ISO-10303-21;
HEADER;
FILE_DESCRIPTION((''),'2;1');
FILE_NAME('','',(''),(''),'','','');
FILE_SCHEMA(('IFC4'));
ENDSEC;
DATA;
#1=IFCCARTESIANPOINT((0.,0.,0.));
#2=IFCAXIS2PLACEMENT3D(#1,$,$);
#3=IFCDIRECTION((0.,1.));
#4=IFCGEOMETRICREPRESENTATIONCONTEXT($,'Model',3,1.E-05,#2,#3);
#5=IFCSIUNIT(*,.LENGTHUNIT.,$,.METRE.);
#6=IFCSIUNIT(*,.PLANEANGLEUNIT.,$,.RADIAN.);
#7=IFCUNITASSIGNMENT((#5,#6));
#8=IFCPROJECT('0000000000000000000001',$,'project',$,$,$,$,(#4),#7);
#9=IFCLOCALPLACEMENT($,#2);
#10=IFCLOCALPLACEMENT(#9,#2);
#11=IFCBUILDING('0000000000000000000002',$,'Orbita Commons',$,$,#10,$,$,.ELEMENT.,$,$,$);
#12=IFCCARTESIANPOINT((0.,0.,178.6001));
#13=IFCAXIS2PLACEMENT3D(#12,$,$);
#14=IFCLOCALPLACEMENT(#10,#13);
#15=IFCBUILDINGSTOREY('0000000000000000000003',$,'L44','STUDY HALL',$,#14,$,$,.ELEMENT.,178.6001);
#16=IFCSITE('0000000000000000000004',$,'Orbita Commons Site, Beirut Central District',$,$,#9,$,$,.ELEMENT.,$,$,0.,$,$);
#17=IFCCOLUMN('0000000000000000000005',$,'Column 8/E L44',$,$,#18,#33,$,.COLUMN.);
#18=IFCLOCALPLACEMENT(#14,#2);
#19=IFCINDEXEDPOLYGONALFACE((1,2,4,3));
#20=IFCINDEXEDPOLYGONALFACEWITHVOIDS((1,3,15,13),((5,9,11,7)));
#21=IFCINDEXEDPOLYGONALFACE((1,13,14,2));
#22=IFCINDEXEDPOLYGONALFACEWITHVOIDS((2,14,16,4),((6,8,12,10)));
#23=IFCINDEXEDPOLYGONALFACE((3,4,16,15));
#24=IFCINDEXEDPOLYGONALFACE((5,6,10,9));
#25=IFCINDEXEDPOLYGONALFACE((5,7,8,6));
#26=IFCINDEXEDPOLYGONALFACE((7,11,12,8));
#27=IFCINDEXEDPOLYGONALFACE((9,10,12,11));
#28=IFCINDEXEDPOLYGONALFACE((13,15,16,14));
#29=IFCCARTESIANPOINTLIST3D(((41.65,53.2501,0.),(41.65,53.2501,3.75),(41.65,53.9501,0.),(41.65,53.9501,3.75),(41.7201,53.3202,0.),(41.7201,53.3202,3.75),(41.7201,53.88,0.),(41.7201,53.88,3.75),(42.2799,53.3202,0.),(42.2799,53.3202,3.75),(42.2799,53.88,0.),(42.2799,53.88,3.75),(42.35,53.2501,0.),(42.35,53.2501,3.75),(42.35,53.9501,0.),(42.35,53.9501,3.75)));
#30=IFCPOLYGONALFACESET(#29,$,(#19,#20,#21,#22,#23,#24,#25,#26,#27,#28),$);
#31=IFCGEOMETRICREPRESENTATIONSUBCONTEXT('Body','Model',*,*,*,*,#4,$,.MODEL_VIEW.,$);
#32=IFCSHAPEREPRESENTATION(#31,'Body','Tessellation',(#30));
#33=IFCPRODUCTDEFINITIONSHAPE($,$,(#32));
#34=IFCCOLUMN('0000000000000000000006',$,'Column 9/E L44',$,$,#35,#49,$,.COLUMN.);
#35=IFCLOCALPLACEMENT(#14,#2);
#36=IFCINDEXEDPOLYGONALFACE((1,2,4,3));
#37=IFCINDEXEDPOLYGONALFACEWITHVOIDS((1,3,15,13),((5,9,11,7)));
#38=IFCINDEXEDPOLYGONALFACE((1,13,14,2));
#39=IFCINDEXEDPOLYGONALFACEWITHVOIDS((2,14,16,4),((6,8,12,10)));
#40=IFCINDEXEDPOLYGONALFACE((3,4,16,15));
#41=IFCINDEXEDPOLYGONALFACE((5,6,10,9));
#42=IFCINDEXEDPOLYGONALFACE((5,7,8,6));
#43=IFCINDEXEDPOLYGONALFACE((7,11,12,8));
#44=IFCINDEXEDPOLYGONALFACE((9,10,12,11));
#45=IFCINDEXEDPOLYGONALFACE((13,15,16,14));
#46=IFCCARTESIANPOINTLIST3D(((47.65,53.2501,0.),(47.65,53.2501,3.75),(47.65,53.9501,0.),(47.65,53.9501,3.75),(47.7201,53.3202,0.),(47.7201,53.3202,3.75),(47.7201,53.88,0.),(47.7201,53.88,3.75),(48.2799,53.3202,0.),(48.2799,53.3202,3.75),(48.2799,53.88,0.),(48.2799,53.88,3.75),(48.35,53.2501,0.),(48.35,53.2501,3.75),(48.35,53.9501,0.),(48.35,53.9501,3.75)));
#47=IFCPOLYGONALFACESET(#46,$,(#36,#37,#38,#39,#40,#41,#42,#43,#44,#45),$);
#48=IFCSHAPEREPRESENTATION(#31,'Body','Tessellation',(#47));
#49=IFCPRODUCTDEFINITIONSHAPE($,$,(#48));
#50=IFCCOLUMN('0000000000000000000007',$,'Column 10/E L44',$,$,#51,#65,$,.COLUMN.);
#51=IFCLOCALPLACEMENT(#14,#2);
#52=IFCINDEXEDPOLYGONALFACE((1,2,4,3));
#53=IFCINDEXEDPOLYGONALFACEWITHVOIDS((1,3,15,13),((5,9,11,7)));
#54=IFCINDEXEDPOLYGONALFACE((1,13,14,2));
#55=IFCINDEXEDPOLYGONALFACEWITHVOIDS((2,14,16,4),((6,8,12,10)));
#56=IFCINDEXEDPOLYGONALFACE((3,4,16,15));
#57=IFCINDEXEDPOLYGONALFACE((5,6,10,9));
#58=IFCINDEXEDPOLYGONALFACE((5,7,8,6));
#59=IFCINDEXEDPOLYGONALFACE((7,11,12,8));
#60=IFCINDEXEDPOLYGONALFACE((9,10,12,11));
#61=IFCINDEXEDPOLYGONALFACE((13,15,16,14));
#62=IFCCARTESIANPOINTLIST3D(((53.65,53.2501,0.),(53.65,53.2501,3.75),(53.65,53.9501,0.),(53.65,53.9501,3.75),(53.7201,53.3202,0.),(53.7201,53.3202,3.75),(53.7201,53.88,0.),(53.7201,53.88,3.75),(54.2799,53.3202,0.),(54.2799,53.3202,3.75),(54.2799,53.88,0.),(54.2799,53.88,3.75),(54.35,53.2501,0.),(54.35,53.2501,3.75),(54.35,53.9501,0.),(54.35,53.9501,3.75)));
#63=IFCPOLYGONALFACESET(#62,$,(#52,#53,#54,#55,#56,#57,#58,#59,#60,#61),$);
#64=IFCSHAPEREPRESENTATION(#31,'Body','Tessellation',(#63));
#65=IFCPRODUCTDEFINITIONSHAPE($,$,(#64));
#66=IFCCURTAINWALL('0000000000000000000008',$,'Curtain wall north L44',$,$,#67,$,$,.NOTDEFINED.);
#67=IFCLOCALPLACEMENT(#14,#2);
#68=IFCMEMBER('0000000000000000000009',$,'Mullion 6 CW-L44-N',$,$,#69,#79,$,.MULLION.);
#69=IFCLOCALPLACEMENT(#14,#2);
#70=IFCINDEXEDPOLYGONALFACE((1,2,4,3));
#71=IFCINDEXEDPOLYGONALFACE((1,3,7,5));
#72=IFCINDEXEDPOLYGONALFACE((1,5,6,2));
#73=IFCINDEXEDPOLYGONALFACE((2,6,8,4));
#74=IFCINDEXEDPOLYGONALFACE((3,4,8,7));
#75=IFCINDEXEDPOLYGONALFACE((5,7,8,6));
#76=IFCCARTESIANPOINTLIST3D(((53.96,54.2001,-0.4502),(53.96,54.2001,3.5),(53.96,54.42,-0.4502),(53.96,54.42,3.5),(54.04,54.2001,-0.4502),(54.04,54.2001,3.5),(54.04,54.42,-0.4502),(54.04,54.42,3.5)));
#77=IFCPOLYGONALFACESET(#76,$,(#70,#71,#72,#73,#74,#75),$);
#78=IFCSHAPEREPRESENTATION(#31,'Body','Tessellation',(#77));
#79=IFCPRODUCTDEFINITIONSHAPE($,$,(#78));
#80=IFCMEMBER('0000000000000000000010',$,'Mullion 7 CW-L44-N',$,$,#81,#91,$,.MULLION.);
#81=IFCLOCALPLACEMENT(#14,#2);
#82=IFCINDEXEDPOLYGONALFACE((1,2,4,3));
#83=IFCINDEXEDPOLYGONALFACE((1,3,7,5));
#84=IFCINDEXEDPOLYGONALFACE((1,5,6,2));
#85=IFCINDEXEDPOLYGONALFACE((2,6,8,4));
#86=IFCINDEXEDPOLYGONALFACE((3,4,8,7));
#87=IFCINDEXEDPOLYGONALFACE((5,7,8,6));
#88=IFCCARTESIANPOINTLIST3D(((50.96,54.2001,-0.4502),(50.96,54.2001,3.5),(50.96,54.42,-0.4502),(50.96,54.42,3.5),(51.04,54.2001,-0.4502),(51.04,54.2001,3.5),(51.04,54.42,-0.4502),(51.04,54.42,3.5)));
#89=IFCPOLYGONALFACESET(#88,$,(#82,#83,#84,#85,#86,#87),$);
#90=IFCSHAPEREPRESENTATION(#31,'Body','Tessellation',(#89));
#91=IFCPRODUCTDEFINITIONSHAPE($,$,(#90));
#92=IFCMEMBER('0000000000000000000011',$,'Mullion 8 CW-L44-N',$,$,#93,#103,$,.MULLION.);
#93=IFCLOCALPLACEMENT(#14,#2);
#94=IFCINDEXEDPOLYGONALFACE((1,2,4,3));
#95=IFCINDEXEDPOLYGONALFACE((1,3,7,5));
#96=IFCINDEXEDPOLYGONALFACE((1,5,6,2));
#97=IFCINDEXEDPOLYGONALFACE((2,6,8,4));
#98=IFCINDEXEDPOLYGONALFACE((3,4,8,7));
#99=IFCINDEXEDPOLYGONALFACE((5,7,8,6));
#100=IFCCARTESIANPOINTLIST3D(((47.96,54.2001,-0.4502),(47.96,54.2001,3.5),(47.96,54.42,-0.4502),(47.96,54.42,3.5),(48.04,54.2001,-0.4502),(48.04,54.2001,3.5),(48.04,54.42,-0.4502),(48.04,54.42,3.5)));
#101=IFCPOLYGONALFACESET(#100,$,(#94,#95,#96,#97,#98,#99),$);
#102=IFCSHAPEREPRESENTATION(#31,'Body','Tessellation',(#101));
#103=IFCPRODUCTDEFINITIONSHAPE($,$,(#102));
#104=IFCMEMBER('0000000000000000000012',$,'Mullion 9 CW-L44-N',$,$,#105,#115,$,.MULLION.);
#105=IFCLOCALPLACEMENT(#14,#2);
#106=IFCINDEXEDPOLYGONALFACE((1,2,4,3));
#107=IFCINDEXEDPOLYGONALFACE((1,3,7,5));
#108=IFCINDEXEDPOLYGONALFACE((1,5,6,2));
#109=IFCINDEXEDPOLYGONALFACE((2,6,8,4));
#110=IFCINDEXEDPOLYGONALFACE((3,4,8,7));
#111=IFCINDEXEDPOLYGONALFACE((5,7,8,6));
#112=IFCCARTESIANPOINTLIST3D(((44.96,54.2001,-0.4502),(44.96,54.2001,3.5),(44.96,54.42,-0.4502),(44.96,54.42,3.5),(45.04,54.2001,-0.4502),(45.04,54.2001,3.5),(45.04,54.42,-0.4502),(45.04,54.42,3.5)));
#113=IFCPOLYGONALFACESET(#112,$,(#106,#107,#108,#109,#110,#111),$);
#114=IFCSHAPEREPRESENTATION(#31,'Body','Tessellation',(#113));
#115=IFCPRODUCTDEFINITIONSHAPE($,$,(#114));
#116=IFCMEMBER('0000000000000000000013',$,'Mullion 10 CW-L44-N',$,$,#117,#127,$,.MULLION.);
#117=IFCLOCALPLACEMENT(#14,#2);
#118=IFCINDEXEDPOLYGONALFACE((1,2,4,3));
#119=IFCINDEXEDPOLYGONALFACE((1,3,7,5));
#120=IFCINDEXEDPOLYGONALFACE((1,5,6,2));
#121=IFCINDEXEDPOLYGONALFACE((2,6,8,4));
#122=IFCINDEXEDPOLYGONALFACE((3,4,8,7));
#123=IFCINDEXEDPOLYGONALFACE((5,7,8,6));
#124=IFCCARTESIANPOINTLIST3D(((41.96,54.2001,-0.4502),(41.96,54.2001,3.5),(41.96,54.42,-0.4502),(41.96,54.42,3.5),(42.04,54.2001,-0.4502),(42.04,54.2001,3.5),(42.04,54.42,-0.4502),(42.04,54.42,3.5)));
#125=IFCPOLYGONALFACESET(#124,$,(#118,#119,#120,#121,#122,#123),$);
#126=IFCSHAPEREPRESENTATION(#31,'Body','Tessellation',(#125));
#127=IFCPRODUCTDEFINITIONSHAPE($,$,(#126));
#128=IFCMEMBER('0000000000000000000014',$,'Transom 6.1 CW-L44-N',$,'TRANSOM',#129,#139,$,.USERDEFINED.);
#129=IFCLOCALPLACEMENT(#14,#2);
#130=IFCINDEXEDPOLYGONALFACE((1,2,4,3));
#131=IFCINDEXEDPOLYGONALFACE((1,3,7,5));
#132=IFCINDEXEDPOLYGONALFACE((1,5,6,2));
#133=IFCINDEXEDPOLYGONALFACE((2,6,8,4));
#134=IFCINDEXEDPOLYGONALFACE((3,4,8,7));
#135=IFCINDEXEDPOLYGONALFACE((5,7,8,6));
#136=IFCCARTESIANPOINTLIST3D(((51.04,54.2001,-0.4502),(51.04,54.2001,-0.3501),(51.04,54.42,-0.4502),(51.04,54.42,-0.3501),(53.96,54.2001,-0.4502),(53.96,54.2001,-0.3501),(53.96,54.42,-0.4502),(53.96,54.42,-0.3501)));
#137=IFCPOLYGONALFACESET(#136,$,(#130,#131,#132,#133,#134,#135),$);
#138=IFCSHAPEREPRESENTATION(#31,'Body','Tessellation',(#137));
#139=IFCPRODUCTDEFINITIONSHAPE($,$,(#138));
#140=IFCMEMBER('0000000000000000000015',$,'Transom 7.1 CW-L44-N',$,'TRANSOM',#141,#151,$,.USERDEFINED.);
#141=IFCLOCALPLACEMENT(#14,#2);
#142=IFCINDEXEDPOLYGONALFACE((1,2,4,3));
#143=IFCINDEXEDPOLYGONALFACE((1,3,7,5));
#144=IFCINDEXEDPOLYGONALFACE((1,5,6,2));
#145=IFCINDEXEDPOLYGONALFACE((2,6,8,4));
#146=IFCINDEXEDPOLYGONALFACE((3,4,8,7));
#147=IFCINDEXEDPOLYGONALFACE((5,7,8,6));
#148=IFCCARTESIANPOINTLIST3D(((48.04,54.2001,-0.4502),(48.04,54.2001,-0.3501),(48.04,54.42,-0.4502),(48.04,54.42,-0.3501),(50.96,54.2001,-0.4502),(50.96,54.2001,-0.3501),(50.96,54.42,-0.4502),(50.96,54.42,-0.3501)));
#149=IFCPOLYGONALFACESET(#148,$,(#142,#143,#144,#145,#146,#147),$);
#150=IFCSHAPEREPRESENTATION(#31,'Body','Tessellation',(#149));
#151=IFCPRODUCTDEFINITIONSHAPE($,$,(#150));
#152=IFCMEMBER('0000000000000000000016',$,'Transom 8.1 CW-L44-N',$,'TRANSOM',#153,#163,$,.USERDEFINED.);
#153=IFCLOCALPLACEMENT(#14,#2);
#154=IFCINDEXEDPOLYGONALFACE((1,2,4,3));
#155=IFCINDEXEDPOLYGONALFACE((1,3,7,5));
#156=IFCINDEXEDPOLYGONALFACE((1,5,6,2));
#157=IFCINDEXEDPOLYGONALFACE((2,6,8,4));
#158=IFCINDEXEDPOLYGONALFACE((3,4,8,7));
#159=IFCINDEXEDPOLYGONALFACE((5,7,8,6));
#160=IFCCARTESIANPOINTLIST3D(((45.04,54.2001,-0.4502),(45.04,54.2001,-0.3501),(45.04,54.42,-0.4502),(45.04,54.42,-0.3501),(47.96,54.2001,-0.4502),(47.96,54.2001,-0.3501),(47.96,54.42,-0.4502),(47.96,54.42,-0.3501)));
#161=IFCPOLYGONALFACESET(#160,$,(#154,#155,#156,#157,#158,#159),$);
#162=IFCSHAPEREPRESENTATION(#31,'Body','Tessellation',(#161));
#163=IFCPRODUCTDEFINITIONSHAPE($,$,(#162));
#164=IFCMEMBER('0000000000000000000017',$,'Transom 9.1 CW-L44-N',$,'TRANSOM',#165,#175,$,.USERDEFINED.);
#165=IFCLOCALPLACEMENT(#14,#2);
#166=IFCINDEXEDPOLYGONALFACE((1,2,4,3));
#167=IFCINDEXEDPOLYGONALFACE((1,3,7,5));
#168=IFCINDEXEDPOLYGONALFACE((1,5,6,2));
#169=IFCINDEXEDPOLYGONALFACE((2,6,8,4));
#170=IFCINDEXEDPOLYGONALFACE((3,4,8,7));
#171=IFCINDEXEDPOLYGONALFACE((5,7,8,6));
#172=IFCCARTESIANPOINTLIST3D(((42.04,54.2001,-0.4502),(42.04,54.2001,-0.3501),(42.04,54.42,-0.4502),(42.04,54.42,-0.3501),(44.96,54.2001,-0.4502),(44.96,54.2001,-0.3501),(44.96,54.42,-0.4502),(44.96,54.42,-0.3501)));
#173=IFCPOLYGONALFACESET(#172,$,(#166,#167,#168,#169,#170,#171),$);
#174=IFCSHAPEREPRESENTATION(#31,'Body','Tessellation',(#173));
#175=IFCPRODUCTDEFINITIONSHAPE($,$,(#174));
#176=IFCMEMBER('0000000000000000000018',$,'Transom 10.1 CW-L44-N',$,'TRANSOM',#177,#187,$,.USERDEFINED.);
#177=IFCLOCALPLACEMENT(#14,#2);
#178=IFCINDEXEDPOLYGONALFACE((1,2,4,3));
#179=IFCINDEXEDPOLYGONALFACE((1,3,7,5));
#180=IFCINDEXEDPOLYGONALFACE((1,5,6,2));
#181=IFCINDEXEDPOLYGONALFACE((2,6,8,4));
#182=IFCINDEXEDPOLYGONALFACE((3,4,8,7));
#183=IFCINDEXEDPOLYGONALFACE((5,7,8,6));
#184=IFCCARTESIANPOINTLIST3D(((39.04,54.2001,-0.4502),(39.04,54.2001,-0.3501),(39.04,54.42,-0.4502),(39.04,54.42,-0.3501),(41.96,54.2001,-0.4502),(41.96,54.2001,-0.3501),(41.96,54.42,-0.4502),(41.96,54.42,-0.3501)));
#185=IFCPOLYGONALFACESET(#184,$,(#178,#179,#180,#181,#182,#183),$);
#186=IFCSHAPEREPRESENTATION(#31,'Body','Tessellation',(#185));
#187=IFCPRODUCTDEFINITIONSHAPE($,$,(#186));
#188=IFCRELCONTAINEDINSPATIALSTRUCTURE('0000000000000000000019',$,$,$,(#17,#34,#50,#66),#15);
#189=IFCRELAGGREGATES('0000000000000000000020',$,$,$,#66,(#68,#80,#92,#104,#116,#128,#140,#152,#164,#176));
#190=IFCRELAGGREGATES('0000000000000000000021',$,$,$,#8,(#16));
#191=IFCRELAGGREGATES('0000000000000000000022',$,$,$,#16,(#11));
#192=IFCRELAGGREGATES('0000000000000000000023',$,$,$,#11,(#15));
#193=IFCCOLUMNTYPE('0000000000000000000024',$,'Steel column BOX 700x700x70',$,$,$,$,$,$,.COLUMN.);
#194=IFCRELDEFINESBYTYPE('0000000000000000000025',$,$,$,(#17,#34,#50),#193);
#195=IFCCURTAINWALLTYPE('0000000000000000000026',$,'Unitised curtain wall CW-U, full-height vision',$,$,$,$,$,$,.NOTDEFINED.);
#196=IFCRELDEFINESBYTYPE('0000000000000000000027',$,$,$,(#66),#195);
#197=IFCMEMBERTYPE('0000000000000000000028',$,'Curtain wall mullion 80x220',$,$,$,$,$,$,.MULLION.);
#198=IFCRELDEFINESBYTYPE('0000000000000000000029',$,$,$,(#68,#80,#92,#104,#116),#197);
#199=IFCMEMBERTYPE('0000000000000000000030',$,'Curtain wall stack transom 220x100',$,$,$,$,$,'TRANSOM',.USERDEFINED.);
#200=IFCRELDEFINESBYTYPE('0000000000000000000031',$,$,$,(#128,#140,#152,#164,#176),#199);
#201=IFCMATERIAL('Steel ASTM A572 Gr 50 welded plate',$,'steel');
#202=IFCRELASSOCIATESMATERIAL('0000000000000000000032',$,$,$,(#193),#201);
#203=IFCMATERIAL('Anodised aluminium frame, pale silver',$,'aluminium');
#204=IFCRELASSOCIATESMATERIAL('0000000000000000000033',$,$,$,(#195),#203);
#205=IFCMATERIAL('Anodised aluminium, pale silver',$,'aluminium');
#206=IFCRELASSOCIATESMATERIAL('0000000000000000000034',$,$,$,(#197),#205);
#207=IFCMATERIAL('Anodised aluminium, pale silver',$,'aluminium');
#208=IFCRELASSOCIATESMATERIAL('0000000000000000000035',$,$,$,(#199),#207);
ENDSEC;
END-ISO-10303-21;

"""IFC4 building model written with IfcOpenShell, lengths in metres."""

from ifc_helpers import new_model, si_unit, direction, frame, origin, origin_2d, place, context, subcontext, project, spatial, rectangle, hollow_rectangle, extrude, material, material_profile, profile_set, type_object, element, aggregate, save


model = new_model("IFC4")

# Units and contexts
model_context = context("Model", 3, precision=1e-05, world=origin(), true_north=direction((0.0, 1.0)))
body_context = subcontext(model_context, "Body", "Model", "MODEL_VIEW")
ifc_project = project(units=[si_unit("LENGTHUNIT", "METRE"), si_unit("PLANEANGLEUNIT", "RADIAN")], contexts=[model_context])

# Site, building, storey
site_placement = place(None, origin())
site = spatial("IfcSite", under=ifc_project, at=site_placement, Name="Orbita Commons Site, Beirut Central District", CompositionType="ELEMENT", RefElevation=0.0)
building_placement = place(site_placement, origin())
building = spatial("IfcBuilding", under=site, at=building_placement, Name="Orbita Commons", CompositionType="ELEMENT")
storey_placement = place(building_placement, frame((0.0, 0.0, 178.6001)))
storey = spatial("IfcBuildingStorey", under=building, at=storey_placement, Name="L44", Description="STUDY HALL", CompositionType="ELEMENT", Elevation=178.6001)

# Columns
ifc_material_1 = material(Name="Steel ASTM A572 Gr 50 welded plate", Category="steel")
ifc_material_profile_1 = material_profile(ifc_material_1, hollow_rectangle(XDim=0.7, YDim=0.7, WallThickness=0.0701, at=origin_2d()), Name="BOX 700x700x70")
ifc_profile_set_1 = profile_set([ifc_material_profile_1], Name="Steel ASTM A572 Gr 50 welded plate")
column_type = type_object("IfcColumnType", Name="Steel column BOX 700x700x70", PredefinedType="COLUMN", material=ifc_profile_set_1)
for number, where, z_axis, x_axis, name in (
    (1, (42.0, 53.6001, 0.0), (0.0, 0.0, 1.0), (1.0, 0.0, 0.0), "Column 8/E L44"),
    (2, (48.0, 53.6001, 0.0), (0.0, 0.0, 1.0), (1.0, 0.0, 0.0), "Column 9/E L44"),
    (3, (54.0, 53.6001, 0.0), (0.0, 0.0, 1.0), (1.0, 0.0, 0.0), "Column 10/E L44"),
):
    element("IfcColumn", number, at=place(storey_placement, frame(where, z_axis=z_axis, x_axis=x_axis)), inside=storey, type_object=column_type, Name=name, PredefinedType="COLUMN", context=body_context, shape_type="SweptSolid", body=[
        extrude(hollow_rectangle(XDim=0.7, YDim=0.7, WallThickness=0.0701, at=origin_2d()), origin(), (0.0, 0.0, 1.0), 3.75),
    ])

# Curtain wall, members
ifc_material_2 = material(Name="Anodised aluminium frame, pale silver", Category="aluminium")
curtain_wall_type = type_object("IfcCurtainWallType", Name="Unitised curtain wall CW-U, full-height vision", PredefinedType="NOTDEFINED", material=ifc_material_2)
curtain_wall_placement = place(storey_placement, origin())
curtain_wall = element("IfcCurtainWall", 4, at=curtain_wall_placement, inside=storey, type_object=curtain_wall_type, Name="Curtain wall north L44", PredefinedType="NOTDEFINED")
ifc_material_3 = material(Name="Anodised aluminium, pale silver", Category="aluminium")
ifc_material_profile_2 = material_profile(ifc_material_3, rectangle(XDim=0.0801, YDim=0.22, at=origin_2d()), Name="AL 80x220")
ifc_profile_set_2 = profile_set([ifc_material_profile_2], Name="Anodised aluminium, pale silver")
member_type_1 = type_object("IfcMemberType", Name="Curtain wall mullion 80x220", PredefinedType="MULLION", material=ifc_profile_set_2)
member_1_placement = place(storey_placement, frame((54.0, 54.3101, -0.4502), z_axis=(0.0, 0.0, 1.0), x_axis=(-1.0, 0.0, 0.0)))
member_1 = element("IfcMember", 5, at=member_1_placement, type_object=member_type_1, Name="Mullion 6 CW-L44-N", PredefinedType="MULLION", context=body_context, shape_type="SweptSolid", body=[
    extrude(rectangle(XDim=0.0801, YDim=0.22, at=origin_2d()), origin(), (0.0, 0.0, 1.0), 3.9502),
])
member_2_placement = place(storey_placement, frame((51.0, 54.3101, -0.4502), z_axis=(0.0, 0.0, 1.0), x_axis=(-1.0, 0.0, 0.0)))
member_2 = element("IfcMember", 6, at=member_2_placement, type_object=member_type_1, Name="Mullion 7 CW-L44-N", PredefinedType="MULLION", context=body_context, shape_type="SweptSolid", body=[
    extrude(rectangle(XDim=0.0801, YDim=0.22, at=origin_2d()), origin(), (0.0, 0.0, 1.0), 3.9502),
])
member_3_placement = place(storey_placement, frame((48.0, 54.3101, -0.4502), z_axis=(0.0, 0.0, 1.0), x_axis=(-1.0, 0.0, 0.0)))
member_3 = element("IfcMember", 7, at=member_3_placement, type_object=member_type_1, Name="Mullion 8 CW-L44-N", PredefinedType="MULLION", context=body_context, shape_type="SweptSolid", body=[
    extrude(rectangle(XDim=0.0801, YDim=0.22, at=origin_2d()), origin(), (0.0, 0.0, 1.0), 3.9502),
])
member_4_placement = place(storey_placement, frame((45.0, 54.3101, -0.4502), z_axis=(0.0, 0.0, 1.0), x_axis=(-1.0, 0.0, 0.0)))
member_4 = element("IfcMember", 8, at=member_4_placement, type_object=member_type_1, Name="Mullion 9 CW-L44-N", PredefinedType="MULLION", context=body_context, shape_type="SweptSolid", body=[
    extrude(rectangle(XDim=0.0801, YDim=0.22, at=origin_2d()), origin(), (0.0, 0.0, 1.0), 3.9502),
])
member_5_placement = place(storey_placement, frame((42.0, 54.3101, -0.4502), z_axis=(0.0, 0.0, 1.0), x_axis=(-1.0, 0.0, 0.0)))
member_5 = element("IfcMember", 9, at=member_5_placement, type_object=member_type_1, Name="Mullion 10 CW-L44-N", PredefinedType="MULLION", context=body_context, shape_type="SweptSolid", body=[
    extrude(rectangle(XDim=0.0801, YDim=0.22, at=origin_2d()), origin(), (0.0, 0.0, 1.0), 3.9502),
])
ifc_material_4 = material(Name="Anodised aluminium, pale silver", Category="aluminium")
ifc_material_profile_3 = material_profile(ifc_material_4, rectangle(XDim=0.22, YDim=0.1001, at=origin_2d()), Name="AL 220x100")
ifc_profile_set_3 = profile_set([ifc_material_profile_3], Name="Anodised aluminium, pale silver")
member_type_2 = type_object("IfcMemberType", Name="Curtain wall stack transom 220x100", ElementType="TRANSOM", PredefinedType="USERDEFINED", material=ifc_profile_set_3)
member_6_placement = place(storey_placement, frame((53.96, 54.3101, -0.4001), z_axis=(-1.0, 0.0, 0.0), x_axis=(0.0, -1.0, 0.0)))
member_6 = element("IfcMember", 10, at=member_6_placement, type_object=member_type_2, Name="Transom 6.1 CW-L44-N", ObjectType="TRANSOM", PredefinedType="USERDEFINED", context=body_context, shape_type="SweptSolid", body=[
    extrude(rectangle(XDim=0.22, YDim=0.1001, at=origin_2d()), origin(), (0.0, 0.0, 1.0), 2.9199),
])
member_7_placement = place(storey_placement, frame((50.96, 54.3101, -0.4001), z_axis=(-1.0, 0.0, 0.0), x_axis=(0.0, -1.0, 0.0)))
member_7 = element("IfcMember", 11, at=member_7_placement, type_object=member_type_2, Name="Transom 7.1 CW-L44-N", ObjectType="TRANSOM", PredefinedType="USERDEFINED", context=body_context, shape_type="SweptSolid", body=[
    extrude(rectangle(XDim=0.22, YDim=0.1001, at=origin_2d()), origin(), (0.0, 0.0, 1.0), 2.9199),
])
member_8_placement = place(storey_placement, frame((47.96, 54.3101, -0.4001), z_axis=(-1.0, 0.0, 0.0), x_axis=(0.0, -1.0, 0.0)))
member_8 = element("IfcMember", 12, at=member_8_placement, type_object=member_type_2, Name="Transom 8.1 CW-L44-N", ObjectType="TRANSOM", PredefinedType="USERDEFINED", context=body_context, shape_type="SweptSolid", body=[
    extrude(rectangle(XDim=0.22, YDim=0.1001, at=origin_2d()), origin(), (0.0, 0.0, 1.0), 2.9199),
])
member_9_placement = place(storey_placement, frame((44.96, 54.3101, -0.4001), z_axis=(-1.0, 0.0, 0.0), x_axis=(0.0, -1.0, 0.0)))
member_9 = element("IfcMember", 13, at=member_9_placement, type_object=member_type_2, Name="Transom 9.1 CW-L44-N", ObjectType="TRANSOM", PredefinedType="USERDEFINED", context=body_context, shape_type="SweptSolid", body=[
    extrude(rectangle(XDim=0.22, YDim=0.1001, at=origin_2d()), origin(), (0.0, 0.0, 1.0), 2.9199),
])
member_10_placement = place(storey_placement, frame((41.96, 54.3101, -0.4001), z_axis=(-1.0, 0.0, 0.0), x_axis=(0.0, -1.0, 0.0)))
member_10 = element("IfcMember", 14, at=member_10_placement, type_object=member_type_2, Name="Transom 10.1 CW-L44-N", ObjectType="TRANSOM", PredefinedType="USERDEFINED", context=body_context, shape_type="SweptSolid", body=[
    extrude(rectangle(XDim=0.22, YDim=0.1001, at=origin_2d()), origin(), (0.0, 0.0, 1.0), 2.9199),
])

aggregate(curtain_wall, [member_1, member_2, member_3, member_4, member_5, member_6, member_7, member_8, member_9, member_10])

save(model, "model.ifc")
